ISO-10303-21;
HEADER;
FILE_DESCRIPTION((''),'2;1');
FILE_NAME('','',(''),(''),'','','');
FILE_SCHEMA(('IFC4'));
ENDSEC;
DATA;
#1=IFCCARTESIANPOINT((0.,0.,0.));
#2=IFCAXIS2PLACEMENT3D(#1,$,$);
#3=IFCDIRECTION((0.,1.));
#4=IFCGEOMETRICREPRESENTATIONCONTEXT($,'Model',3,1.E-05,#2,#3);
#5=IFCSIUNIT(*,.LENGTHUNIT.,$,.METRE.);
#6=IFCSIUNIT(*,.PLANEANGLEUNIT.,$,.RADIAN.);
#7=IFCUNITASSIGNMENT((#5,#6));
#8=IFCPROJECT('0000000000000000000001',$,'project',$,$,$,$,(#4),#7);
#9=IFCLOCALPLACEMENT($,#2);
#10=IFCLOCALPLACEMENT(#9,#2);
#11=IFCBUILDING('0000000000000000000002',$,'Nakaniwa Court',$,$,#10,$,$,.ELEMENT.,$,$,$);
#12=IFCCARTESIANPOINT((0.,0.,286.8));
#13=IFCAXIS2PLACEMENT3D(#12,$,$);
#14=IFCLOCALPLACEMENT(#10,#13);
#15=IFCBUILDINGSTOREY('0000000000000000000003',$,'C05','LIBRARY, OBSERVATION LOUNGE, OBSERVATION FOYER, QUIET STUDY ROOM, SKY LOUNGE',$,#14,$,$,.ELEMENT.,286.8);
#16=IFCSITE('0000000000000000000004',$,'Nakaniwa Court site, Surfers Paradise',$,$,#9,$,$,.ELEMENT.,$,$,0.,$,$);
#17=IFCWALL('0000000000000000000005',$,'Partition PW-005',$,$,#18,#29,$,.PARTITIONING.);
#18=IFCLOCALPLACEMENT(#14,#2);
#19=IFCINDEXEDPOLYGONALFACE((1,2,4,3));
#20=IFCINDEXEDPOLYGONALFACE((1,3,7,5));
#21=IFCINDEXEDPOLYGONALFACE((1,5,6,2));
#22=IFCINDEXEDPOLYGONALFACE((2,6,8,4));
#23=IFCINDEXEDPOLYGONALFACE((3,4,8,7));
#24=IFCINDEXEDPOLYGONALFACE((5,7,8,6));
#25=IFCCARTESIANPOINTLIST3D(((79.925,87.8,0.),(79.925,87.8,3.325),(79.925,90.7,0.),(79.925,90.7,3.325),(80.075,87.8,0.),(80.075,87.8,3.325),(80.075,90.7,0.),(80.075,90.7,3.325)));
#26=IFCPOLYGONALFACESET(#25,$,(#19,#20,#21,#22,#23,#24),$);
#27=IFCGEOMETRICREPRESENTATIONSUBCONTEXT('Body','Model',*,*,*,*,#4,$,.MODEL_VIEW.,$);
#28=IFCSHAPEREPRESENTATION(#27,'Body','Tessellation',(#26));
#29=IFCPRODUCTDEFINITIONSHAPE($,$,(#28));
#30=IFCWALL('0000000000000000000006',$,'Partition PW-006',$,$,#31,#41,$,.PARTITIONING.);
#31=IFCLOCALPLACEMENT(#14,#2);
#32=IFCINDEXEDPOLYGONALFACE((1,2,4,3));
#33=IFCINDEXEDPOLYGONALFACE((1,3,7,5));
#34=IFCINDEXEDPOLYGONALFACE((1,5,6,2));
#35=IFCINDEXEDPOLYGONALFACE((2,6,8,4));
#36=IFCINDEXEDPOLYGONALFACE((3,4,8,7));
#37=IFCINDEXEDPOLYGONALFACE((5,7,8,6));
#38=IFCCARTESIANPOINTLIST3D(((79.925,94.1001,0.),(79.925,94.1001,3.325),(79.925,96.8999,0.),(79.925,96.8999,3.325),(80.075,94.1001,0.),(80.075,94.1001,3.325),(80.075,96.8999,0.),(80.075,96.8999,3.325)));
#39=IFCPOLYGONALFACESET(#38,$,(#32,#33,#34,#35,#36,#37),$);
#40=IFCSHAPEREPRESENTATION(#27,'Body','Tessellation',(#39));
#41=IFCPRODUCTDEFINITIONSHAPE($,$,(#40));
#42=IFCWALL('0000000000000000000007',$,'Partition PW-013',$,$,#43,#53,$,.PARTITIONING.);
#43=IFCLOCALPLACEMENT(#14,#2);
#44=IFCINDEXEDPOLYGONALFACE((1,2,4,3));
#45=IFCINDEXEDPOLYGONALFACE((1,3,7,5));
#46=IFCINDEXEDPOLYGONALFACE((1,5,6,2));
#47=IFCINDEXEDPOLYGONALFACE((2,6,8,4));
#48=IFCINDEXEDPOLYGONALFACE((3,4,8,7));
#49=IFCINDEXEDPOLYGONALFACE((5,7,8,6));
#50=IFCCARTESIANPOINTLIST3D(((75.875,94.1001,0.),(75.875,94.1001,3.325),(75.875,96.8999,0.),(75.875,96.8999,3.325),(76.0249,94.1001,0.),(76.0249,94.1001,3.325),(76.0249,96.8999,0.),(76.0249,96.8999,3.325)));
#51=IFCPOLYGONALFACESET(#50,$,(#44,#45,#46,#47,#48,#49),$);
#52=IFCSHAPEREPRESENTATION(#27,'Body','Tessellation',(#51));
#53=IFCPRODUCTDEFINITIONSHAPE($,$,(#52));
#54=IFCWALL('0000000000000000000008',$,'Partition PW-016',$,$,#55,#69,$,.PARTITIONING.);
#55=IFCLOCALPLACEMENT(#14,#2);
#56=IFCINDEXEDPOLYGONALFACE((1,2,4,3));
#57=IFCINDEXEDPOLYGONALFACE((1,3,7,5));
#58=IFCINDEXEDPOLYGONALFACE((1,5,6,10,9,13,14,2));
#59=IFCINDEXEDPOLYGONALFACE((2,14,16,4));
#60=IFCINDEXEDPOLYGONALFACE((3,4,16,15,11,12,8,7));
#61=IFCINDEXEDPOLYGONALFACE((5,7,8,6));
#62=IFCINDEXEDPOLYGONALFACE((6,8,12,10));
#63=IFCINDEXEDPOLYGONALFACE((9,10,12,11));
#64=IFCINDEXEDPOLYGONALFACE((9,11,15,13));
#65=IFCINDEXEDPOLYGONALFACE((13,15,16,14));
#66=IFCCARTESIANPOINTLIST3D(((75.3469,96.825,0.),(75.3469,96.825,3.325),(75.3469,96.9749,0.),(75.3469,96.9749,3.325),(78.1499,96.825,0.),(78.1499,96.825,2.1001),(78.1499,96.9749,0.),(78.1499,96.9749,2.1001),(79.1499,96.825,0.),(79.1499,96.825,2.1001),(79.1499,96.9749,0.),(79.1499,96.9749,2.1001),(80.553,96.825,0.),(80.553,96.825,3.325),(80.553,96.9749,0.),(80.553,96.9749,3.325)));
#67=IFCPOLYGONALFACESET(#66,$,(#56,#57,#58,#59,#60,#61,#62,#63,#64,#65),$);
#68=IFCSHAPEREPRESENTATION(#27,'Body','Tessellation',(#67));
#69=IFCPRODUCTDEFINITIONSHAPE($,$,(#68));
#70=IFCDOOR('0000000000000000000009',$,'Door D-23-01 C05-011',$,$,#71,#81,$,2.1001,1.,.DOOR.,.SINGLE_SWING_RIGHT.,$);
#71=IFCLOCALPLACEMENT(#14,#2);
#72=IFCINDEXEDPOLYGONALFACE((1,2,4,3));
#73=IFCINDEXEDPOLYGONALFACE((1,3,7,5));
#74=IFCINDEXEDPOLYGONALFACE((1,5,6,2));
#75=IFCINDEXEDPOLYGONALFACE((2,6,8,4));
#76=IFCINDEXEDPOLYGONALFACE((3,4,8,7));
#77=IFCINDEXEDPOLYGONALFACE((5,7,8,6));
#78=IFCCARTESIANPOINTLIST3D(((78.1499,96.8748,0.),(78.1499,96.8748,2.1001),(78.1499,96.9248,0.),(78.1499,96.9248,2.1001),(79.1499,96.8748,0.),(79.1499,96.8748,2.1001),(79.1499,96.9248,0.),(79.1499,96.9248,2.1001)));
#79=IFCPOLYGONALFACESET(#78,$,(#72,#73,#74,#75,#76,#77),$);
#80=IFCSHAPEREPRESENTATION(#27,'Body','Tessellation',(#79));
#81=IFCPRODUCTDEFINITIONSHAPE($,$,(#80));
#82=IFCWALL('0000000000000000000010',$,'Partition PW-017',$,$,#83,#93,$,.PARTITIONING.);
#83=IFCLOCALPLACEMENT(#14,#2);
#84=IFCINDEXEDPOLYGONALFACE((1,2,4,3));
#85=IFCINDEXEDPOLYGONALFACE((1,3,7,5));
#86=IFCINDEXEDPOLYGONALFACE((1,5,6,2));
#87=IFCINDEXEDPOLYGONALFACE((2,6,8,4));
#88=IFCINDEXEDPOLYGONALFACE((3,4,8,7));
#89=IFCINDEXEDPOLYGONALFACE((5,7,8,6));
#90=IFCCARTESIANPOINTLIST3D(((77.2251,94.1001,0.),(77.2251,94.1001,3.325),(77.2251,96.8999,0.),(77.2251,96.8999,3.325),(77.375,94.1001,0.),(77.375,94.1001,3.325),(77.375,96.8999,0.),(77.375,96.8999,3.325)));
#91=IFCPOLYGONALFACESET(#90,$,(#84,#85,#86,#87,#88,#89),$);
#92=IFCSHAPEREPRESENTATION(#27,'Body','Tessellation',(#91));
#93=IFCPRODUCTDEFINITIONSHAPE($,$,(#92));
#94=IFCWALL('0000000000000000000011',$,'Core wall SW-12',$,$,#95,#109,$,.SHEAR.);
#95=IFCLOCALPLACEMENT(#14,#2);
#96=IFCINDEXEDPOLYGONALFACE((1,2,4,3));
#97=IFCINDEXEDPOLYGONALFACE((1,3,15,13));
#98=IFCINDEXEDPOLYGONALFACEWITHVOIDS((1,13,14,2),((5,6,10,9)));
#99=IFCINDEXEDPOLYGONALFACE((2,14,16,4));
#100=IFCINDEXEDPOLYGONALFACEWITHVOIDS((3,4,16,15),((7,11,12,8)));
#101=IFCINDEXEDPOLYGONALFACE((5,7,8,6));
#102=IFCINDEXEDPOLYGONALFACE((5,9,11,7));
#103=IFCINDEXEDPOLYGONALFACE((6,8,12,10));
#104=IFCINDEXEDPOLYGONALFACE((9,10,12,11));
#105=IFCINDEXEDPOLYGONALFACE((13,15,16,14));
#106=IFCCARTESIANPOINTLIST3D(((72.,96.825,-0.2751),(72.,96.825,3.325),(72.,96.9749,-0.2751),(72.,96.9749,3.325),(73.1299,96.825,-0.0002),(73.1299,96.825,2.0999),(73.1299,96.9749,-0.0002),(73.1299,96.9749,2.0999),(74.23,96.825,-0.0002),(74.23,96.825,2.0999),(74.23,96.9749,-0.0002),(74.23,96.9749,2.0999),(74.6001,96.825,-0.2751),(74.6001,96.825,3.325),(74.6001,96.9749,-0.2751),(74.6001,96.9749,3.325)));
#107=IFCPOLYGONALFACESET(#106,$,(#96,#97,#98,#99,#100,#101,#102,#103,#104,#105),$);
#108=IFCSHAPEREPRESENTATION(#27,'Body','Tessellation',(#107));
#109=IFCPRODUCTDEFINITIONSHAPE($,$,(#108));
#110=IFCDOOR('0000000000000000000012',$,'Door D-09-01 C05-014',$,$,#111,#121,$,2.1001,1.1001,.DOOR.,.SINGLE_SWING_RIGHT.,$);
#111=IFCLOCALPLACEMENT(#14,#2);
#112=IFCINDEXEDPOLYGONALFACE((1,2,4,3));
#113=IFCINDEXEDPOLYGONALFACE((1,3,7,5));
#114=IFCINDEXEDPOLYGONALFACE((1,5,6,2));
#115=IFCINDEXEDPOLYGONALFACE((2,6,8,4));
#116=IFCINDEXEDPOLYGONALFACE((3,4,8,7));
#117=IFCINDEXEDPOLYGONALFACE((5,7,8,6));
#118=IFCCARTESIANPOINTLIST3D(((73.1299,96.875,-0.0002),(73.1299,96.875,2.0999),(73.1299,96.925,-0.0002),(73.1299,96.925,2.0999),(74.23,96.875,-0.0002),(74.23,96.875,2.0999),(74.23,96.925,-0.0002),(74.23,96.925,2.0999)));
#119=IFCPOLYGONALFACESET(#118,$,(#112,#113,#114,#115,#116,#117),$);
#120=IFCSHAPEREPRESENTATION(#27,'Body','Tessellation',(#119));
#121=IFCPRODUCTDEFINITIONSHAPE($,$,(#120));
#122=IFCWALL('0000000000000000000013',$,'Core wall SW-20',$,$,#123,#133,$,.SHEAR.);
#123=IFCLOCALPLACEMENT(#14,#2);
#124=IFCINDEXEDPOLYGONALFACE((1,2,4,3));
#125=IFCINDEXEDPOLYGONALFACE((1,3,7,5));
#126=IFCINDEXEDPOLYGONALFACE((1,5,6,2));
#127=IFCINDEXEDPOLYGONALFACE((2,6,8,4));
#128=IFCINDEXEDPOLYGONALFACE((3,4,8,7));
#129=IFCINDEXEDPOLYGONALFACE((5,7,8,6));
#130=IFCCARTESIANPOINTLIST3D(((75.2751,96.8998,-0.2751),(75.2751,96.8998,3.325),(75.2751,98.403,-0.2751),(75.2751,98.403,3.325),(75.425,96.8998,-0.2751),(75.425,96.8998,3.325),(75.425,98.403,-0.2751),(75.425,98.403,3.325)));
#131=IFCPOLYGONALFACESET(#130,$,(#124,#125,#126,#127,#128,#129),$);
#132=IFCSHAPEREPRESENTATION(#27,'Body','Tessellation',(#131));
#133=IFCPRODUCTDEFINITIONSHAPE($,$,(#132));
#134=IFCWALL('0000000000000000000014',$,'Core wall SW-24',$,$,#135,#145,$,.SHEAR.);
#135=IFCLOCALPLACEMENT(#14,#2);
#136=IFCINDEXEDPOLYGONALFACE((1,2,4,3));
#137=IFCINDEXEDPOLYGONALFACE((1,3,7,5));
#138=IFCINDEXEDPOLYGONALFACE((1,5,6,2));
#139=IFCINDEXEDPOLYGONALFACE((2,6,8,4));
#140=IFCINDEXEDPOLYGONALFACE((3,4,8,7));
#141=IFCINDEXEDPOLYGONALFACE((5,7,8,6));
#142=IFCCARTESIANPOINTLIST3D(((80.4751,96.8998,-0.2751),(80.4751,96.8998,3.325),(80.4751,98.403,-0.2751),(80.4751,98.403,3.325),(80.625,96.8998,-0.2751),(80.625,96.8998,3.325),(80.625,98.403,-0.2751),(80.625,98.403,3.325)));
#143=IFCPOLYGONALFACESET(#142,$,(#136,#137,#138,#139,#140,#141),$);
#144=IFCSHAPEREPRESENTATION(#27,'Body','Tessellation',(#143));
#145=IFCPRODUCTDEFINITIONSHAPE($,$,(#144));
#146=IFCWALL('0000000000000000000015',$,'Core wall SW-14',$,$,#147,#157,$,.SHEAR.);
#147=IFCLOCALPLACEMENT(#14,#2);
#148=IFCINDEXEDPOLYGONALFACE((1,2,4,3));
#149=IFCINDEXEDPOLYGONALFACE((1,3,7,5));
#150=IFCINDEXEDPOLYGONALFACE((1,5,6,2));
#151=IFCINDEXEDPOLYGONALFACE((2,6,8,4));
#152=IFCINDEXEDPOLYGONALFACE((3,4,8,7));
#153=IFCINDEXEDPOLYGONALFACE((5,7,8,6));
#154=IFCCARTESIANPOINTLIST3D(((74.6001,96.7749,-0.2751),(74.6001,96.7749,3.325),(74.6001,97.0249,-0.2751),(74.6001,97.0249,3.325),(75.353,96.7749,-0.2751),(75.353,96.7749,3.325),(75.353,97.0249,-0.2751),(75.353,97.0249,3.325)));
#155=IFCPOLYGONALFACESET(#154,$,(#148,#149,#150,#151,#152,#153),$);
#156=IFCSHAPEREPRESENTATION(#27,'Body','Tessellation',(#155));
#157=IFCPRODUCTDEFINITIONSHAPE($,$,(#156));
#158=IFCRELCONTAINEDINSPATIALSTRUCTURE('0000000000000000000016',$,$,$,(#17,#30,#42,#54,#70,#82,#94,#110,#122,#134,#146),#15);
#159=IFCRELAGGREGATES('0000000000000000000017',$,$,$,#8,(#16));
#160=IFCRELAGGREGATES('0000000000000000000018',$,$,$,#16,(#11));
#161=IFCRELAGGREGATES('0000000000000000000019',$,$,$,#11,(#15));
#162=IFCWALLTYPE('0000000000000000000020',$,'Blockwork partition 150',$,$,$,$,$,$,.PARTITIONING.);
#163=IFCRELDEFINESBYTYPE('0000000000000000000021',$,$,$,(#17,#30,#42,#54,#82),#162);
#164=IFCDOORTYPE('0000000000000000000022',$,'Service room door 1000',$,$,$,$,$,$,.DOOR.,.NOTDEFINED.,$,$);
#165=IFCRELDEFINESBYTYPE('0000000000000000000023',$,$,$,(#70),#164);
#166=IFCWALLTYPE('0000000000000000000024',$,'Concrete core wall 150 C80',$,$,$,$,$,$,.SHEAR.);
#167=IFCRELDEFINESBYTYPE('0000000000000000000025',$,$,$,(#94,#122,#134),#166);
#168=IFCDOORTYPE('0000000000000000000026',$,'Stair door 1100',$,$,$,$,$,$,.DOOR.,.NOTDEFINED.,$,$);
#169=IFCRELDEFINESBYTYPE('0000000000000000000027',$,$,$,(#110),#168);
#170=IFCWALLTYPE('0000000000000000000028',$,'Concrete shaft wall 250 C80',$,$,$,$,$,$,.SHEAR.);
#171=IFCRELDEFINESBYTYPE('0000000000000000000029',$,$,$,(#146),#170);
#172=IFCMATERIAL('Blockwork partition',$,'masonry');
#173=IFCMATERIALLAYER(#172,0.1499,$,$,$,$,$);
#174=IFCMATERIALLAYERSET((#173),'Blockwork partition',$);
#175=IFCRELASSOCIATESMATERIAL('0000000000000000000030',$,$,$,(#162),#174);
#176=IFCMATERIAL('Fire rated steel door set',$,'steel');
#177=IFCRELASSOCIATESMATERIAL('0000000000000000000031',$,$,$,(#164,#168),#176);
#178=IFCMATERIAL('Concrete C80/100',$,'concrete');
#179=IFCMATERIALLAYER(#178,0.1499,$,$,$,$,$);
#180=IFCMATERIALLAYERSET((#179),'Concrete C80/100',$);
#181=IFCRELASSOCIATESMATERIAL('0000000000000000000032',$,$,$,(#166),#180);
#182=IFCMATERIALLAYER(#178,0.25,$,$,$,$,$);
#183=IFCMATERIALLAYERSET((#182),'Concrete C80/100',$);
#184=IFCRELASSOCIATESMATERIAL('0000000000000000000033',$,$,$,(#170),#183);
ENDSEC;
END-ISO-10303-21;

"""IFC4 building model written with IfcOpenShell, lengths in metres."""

from ifc_helpers import new_model, si_unit, direction, frame, frame_2d, origin, place, context, subcontext, project, spatial, rectangle, extrude, material, layer, layer_set, type_object, element, fill, save


model = new_model("IFC4")

# Units and contexts
model_context = context("Model", 3, precision=1e-05, world=origin(), true_north=direction((0.0, 1.0)))
body_context = subcontext(model_context, "Body", "Model", "MODEL_VIEW")
ifc_project = project(units=[si_unit("LENGTHUNIT", "METRE"), si_unit("PLANEANGLEUNIT", "RADIAN")], contexts=[model_context])

# Site, building, storey
site_placement = place(None, origin())
site = spatial("IfcSite", under=ifc_project, at=site_placement, Name="Nakaniwa Court site, Surfers Paradise", CompositionType="ELEMENT", RefElevation=0.0)
building_placement = place(site_placement, origin())
building = spatial("IfcBuilding", under=site, at=building_placement, Name="Nakaniwa Court", CompositionType="ELEMENT")
storey_placement = place(building_placement, frame((0.0, 0.0, 286.8)))
storey = spatial("IfcBuildingStorey", under=building, at=storey_placement, Name="C05", Description="LIBRARY, OBSERVATION LOUNGE, OBSERVATION FOYER, QUIET STUDY ROOM, SKY LOUNGE", CompositionType="ELEMENT", Elevation=286.8)

# Walls
ifc_material_1 = material(Name="Blockwork partition", Category="masonry")
ifc_layer_1 = layer(ifc_material_1, 0.1499)
ifc_layer_set_1 = layer_set([ifc_layer_1], Name="Blockwork partition")
wall_type_1 = type_object("IfcWallType", Name="Blockwork partition 150", PredefinedType="PARTITIONING", material=ifc_layer_set_1)
wall_1_placement = place(storey_placement, frame((80.0, 87.8, 0.0), z_axis=(0.0, 0.0, 1.0), x_axis=(0.0, 1.0, 0.0)))
element("IfcWall", 1, at=wall_1_placement, inside=storey, type_object=wall_type_1, Name="Partition PW-005", PredefinedType="PARTITIONING", context=body_context, shape_type="SweptSolid", body=[
    extrude(rectangle(XDim=2.8999, YDim=0.1499, at=frame_2d((1.45, 0.0))), origin(), (0.0, 0.0, 1.0), 3.325),
])
for number, where, z_axis, x_axis, name in (
    (2, (80.0, 94.1001, 0.0), (0.0, 0.0, 1.0), (0.0, 1.0, 0.0), "Partition PW-006"),
    (3, (75.95, 94.1001, 0.0), (0.0, 0.0, 1.0), (0.0, 1.0, 0.0), "Partition PW-013"),
):
    element("IfcWall", number, at=place(storey_placement, frame(where, z_axis=z_axis, x_axis=x_axis)), inside=storey, type_object=wall_type_1, Name=name, PredefinedType="PARTITIONING", context=body_context, shape_type="SweptSolid", body=[
        extrude(rectangle(XDim=2.7998, YDim=0.1499, at=frame_2d((1.3999, 0.0))), origin(), (0.0, 0.0, 1.0), 3.325),
    ])

# Wall, opening, door
wall_2_placement = place(storey_placement, frame((75.3469, 96.8999, 0.0), z_axis=(0.0, 0.0, 1.0), x_axis=(1.0, 0.0, 0.0)))
wall_2 = element("IfcWall", 4, at=wall_2_placement, inside=storey, type_object=wall_type_1, Name="Partition PW-016", PredefinedType="PARTITIONING", context=body_context, shape_type="SweptSolid", body=[
    extrude(rectangle(XDim=5.2061, YDim=0.1499, at=frame_2d((2.603, 0.0))), origin(), (0.0, 0.0, 1.0), 3.325),
])
opening_1_placement = place(wall_2_placement, frame((2.803, 0.0, 0.0)))
opening_1 = element("IfcOpeningElement", 5, at=opening_1_placement, cuts=wall_2, PredefinedType="OPENING", context=body_context, shape_type="SweptSolid", body=[
    extrude(rectangle(XDim=1.0, YDim=2.1001, at=frame_2d((0.5, 1.05))), frame((0.0, 0.085, 0.0), z_axis=(0.0, -1.0, 0.0), x_axis=(1.0, 0.0, 0.0)), (0.0, 0.0, 1.0), 0.1699),
])
ifc_material_2 = material(Name="Fire rated steel door set", Category="steel")
door_type_1 = type_object("IfcDoorType", Name="Service room door 1000", OperationType="NOTDEFINED", PredefinedType="DOOR", material=ifc_material_2)
door_1_placement = place(opening_1_placement, origin())
door_1 = element("IfcDoor", 6, at=door_1_placement, inside=storey, type_object=door_type_1, Name="Door D-23-01 C05-011", OperationType="SINGLE_SWING_RIGHT", OverallHeight=2.1001, OverallWidth=1.0, PredefinedType="DOOR", context=body_context, shape_type="SweptSolid", body=[
    extrude(rectangle(XDim=1.0, YDim=2.1001, at=frame_2d((0.5, 1.05))), frame((0.0, 0.0249, 0.0), z_axis=(0.0, -1.0, 0.0), x_axis=(1.0, 0.0, 0.0)), (0.0, 0.0, 1.0), 0.05),
])
fill(opening_1, door_1)

# Wall
wall_3_placement = place(storey_placement, frame((77.3, 94.1001, 0.0), z_axis=(0.0, 0.0, 1.0), x_axis=(0.0, 1.0, 0.0)))
element("IfcWall", 7, at=wall_3_placement, inside=storey, type_object=wall_type_1, Name="Partition PW-017", PredefinedType="PARTITIONING", context=body_context, shape_type="SweptSolid", body=[
    extrude(rectangle(XDim=2.7998, YDim=0.1499, at=frame_2d((1.3999, 0.0))), origin(), (0.0, 0.0, 1.0), 3.325),
])

# Wall, opening, door
ifc_material_3 = material(Name="Concrete C80/100", Category="concrete")
ifc_layer_2 = layer(ifc_material_3, 0.1499)
ifc_layer_set_2 = layer_set([ifc_layer_2], Name="Concrete C80/100")
wall_type_2 = type_object("IfcWallType", Name="Concrete core wall 150 C80", PredefinedType="SHEAR", material=ifc_layer_set_2)
wall_4_placement = place(storey_placement, frame((74.6001, 96.8999, -0.2751), z_axis=(0.0, 0.0, 1.0), x_axis=(-1.0, 0.0, 0.0)))
wall_4 = element("IfcWall", 8, at=wall_4_placement, inside=storey, type_object=wall_type_2, Name="Core wall SW-12", PredefinedType="SHEAR", context=body_context, shape_type="SweptSolid", body=[
    extrude(rectangle(XDim=2.6001, YDim=0.1499, at=frame_2d((1.3, 0.0))), origin(), (0.0, 0.0, 1.0), 3.6001),
])
opening_2_placement = place(wall_4_placement, frame((0.3701, 0.0, 0.2749)))
opening_2 = element("IfcOpeningElement", 9, at=opening_2_placement, cuts=wall_4, PredefinedType="OPENING", context=body_context, shape_type="SweptSolid", body=[
    extrude(rectangle(XDim=1.1001, YDim=2.1001, at=frame_2d((0.55, 1.05))), frame((0.0, 0.085, 0.0), z_axis=(0.0, -1.0, 0.0), x_axis=(1.0, 0.0, 0.0)), (0.0, 0.0, 1.0), 0.1699),
])
door_type_2 = type_object("IfcDoorType", Name="Stair door 1100", OperationType="NOTDEFINED", PredefinedType="DOOR", material=ifc_material_2)
door_2_placement = place(opening_2_placement, origin())
door_2 = element("IfcDoor", 10, at=door_2_placement, inside=storey, type_object=door_type_2, Name="Door D-09-01 C05-014", OperationType="SINGLE_SWING_RIGHT", OverallHeight=2.1001, OverallWidth=1.1001, PredefinedType="DOOR", context=body_context, shape_type="SweptSolid", body=[
    extrude(rectangle(XDim=1.1001, YDim=2.1001, at=frame_2d((0.55, 1.05))), frame((0.0, 0.0249, 0.0), z_axis=(0.0, -1.0, 0.0), x_axis=(1.0, 0.0, 0.0)), (0.0, 0.0, 1.0), 0.05),
])
fill(opening_2, door_2)

# Walls
for number, where, z_axis, x_axis, name in (
    (11, (75.3501, 96.8999, -0.2751), (0.0, 0.0, 1.0), (0.0, 1.0, 0.0), "Core wall SW-20"),
    (12, (80.55, 96.8999, -0.2751), (0.0, 0.0, 1.0), (0.0, 1.0, 0.0), "Core wall SW-24"),
):
    element("IfcWall", number, at=place(storey_placement, frame(where, z_axis=z_axis, x_axis=x_axis)), inside=storey, type_object=wall_type_2, Name=name, PredefinedType="SHEAR", context=body_context, shape_type="SweptSolid", body=[
        extrude(rectangle(XDim=1.5032, YDim=0.1499, at=frame_2d((0.7515, 0.0))), origin(), (0.0, 0.0, 1.0), 3.6001),
    ])
ifc_layer_3 = layer(ifc_material_3, 0.25)
ifc_layer_set_3 = layer_set([ifc_layer_3], Name="Concrete C80/100")
wall_type_3 = type_object("IfcWallType", Name="Concrete shaft wall 250 C80", PredefinedType="SHEAR", material=ifc_layer_set_3)
wall_5_placement = place(storey_placement, frame((74.6001, 96.8999, -0.2751), z_axis=(0.0, 0.0, 1.0), x_axis=(1.0, 0.0, 0.0)))
element("IfcWall", 13, at=wall_5_placement, inside=storey, type_object=wall_type_3, Name="Core wall SW-14", PredefinedType="SHEAR", context=body_context, shape_type="SweptSolid", body=[
    extrude(rectangle(XDim=0.7529, YDim=0.25, at=frame_2d((0.3765, 0.0))), origin(), (0.0, 0.0, 1.0), 3.6001),
])

save(model, "model.ifc")
